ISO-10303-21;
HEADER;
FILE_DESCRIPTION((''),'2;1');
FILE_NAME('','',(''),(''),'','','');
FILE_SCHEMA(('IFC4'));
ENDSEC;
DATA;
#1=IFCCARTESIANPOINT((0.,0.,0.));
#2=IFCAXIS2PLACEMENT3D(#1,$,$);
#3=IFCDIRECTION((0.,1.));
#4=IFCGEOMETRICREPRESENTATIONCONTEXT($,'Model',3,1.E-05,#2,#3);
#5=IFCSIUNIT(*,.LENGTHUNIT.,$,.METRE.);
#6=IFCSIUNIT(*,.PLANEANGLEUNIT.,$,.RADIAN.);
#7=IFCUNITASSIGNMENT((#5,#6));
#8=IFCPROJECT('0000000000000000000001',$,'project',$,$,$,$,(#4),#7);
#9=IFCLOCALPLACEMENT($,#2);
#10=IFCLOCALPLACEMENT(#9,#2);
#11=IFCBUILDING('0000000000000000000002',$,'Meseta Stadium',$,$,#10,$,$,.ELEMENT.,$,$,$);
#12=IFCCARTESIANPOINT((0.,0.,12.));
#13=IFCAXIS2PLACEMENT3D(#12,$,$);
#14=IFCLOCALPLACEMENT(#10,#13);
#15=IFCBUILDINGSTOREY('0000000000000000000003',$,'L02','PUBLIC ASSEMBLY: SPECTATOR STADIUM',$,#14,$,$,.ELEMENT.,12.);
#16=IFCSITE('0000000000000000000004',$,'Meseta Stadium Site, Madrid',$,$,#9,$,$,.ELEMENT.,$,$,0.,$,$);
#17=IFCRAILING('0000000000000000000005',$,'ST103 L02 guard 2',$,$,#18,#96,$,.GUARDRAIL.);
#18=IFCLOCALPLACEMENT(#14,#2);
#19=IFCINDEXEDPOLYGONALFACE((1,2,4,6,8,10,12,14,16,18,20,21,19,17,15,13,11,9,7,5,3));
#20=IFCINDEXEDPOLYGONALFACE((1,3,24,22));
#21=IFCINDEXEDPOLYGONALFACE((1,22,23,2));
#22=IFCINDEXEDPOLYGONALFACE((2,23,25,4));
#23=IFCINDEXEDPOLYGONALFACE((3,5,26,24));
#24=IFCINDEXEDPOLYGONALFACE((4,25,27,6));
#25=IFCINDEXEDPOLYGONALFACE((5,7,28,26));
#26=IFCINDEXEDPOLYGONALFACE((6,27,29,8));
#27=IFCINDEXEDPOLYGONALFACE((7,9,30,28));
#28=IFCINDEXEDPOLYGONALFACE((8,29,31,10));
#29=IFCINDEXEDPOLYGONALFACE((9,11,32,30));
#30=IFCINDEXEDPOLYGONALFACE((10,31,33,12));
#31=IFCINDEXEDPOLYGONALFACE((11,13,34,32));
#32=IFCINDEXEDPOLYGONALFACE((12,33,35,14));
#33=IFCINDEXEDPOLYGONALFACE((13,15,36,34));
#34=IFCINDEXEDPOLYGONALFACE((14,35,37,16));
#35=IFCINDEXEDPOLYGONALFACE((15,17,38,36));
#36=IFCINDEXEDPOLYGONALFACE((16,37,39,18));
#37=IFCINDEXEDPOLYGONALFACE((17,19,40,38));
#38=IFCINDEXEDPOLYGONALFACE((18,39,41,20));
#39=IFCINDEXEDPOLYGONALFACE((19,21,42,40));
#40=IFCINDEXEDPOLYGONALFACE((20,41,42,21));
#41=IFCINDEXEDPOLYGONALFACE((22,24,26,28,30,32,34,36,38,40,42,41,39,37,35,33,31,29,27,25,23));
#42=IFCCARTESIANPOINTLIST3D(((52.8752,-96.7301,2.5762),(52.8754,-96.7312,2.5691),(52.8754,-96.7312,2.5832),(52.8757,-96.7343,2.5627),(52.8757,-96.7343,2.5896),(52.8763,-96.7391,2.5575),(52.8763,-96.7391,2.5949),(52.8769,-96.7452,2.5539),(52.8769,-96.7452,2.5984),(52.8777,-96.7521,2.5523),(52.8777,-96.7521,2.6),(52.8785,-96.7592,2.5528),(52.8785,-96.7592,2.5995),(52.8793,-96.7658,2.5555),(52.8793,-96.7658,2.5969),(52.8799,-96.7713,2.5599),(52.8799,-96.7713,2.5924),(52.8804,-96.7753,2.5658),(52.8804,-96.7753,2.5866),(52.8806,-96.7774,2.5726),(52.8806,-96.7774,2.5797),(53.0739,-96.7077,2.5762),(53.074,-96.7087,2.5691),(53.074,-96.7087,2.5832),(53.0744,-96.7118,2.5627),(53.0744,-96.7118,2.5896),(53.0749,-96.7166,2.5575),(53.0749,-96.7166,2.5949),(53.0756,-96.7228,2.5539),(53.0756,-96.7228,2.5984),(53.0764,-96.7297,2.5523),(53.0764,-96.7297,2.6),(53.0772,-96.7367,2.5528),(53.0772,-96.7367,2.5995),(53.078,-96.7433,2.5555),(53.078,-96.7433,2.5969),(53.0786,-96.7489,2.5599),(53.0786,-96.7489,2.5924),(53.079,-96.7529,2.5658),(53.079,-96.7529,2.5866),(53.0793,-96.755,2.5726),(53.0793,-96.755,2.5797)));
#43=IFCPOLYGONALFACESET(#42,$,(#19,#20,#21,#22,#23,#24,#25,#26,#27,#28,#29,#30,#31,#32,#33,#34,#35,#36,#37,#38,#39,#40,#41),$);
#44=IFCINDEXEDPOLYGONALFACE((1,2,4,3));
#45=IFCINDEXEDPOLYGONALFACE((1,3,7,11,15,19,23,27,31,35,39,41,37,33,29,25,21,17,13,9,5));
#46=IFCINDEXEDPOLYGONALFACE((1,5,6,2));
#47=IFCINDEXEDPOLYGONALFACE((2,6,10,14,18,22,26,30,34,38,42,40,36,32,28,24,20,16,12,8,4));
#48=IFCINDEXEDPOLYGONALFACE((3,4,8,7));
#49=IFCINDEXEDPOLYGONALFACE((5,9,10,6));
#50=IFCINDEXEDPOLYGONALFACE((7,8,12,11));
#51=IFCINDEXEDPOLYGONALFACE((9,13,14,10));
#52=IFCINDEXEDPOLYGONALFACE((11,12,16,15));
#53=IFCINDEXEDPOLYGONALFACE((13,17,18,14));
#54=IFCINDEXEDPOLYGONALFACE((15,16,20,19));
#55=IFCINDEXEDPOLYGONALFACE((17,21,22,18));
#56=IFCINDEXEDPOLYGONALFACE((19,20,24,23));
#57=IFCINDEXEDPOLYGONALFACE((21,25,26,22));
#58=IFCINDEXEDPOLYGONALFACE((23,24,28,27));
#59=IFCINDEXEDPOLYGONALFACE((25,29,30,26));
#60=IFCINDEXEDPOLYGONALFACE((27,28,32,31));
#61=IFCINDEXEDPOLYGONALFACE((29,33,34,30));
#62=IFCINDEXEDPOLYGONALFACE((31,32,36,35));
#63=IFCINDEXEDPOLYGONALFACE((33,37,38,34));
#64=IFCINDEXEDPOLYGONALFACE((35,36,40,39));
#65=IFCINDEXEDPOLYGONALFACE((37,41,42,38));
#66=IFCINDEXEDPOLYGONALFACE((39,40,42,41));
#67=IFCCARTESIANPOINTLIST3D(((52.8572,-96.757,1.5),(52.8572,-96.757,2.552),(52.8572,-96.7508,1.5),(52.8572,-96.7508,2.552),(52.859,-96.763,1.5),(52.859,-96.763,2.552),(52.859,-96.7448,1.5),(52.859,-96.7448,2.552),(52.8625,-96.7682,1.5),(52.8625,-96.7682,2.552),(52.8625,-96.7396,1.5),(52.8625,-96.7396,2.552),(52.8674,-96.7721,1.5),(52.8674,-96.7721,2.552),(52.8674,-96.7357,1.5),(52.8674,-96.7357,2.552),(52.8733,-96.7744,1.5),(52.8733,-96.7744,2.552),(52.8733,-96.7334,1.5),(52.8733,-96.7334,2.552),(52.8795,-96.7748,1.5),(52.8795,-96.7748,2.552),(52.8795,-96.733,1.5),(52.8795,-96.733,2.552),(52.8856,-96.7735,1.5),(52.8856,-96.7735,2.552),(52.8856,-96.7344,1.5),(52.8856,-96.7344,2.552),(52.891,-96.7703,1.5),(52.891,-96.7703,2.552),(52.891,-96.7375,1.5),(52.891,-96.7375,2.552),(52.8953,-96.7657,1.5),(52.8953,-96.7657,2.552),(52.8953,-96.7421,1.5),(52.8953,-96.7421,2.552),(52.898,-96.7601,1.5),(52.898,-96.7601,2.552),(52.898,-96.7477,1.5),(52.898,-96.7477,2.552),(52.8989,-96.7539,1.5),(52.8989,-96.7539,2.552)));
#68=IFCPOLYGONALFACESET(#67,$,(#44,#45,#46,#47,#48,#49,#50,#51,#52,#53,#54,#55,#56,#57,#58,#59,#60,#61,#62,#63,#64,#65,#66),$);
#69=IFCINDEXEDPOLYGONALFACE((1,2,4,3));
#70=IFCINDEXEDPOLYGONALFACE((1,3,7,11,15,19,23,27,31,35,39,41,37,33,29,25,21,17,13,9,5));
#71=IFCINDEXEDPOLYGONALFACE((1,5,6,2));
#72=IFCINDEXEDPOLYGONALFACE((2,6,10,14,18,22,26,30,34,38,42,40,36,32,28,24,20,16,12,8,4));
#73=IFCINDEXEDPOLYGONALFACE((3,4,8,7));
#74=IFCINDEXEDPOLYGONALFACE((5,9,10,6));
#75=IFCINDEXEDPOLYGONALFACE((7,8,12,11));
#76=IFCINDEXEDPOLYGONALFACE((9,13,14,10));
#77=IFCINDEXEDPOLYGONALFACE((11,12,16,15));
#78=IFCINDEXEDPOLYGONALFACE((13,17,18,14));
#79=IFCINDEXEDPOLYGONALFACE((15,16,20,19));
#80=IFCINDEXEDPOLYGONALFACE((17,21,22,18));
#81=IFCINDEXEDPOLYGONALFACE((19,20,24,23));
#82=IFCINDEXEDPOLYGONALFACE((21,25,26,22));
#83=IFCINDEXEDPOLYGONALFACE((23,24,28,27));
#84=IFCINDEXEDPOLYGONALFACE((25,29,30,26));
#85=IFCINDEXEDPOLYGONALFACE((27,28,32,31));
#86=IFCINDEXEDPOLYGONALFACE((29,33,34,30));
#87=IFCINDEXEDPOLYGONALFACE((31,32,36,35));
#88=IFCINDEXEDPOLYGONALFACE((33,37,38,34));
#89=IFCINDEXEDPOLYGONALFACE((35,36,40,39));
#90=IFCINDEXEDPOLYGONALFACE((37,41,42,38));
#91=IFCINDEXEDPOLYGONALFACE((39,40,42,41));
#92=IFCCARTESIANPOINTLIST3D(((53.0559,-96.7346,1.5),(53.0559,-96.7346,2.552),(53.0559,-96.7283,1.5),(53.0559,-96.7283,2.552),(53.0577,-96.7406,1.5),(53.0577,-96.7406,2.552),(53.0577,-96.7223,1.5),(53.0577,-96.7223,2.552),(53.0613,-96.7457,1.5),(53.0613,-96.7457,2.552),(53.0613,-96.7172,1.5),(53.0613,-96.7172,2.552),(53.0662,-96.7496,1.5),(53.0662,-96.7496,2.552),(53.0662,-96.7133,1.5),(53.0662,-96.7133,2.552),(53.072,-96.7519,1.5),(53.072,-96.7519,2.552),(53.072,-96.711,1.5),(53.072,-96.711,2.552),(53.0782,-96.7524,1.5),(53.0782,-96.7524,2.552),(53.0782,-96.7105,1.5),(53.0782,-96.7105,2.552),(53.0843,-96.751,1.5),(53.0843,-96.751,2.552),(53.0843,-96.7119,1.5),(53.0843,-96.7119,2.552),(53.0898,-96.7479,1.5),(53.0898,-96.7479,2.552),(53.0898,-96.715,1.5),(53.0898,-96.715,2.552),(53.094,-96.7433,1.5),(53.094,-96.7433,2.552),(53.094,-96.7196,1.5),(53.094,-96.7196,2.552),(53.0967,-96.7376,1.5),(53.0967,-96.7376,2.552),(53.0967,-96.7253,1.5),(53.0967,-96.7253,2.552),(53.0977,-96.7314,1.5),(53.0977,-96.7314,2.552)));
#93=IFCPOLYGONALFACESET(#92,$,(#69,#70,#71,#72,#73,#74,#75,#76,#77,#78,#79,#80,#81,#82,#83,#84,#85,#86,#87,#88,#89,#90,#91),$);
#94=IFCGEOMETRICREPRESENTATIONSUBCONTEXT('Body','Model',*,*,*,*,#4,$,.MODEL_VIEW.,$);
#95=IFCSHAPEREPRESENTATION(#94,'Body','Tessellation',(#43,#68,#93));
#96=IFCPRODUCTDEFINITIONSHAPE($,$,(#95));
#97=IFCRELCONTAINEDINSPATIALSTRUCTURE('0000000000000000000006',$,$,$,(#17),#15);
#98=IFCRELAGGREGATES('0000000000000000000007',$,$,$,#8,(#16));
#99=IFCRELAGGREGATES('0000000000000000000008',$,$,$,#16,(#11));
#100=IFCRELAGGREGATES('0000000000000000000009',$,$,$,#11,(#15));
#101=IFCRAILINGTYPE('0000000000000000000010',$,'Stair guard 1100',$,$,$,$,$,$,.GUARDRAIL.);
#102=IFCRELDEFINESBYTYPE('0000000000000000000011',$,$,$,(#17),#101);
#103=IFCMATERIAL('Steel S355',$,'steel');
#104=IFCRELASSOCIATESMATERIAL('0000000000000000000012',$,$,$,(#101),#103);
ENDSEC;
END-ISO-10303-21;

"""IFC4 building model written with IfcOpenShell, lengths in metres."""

from ifc_helpers import new_model, si_unit, direction, frame, origin, origin_2d, place, context, subcontext, project, spatial, circle, extrude, material, type_object, element, save


model = new_model("IFC4")

# Units and contexts
model_context = context("Model", 3, precision=1e-05, world=origin(), true_north=direction((0.0, 1.0)))
body_context = subcontext(model_context, "Body", "Model", "MODEL_VIEW")
ifc_project = project(units=[si_unit("LENGTHUNIT", "METRE"), si_unit("PLANEANGLEUNIT", "RADIAN")], contexts=[model_context])

# Site, building, storey
site_placement = place(None, origin())
site = spatial("IfcSite", under=ifc_project, at=site_placement, Name="Meseta Stadium Site, Madrid", CompositionType="ELEMENT", RefElevation=0.0)
building_placement = place(site_placement, origin())
building = spatial("IfcBuilding", under=site, at=building_placement, Name="Meseta Stadium", CompositionType="ELEMENT")
storey_placement = place(building_placement, frame((0.0, 0.0, 12.0)))
storey = spatial("IfcBuildingStorey", under=building, at=storey_placement, Name="L02", Description="PUBLIC ASSEMBLY: SPECTATOR STADIUM", CompositionType="ELEMENT", Elevation=12.0)

# Railing
ifc_material_1 = material(Name="Steel S355", Category="steel")
railing_type_1 = type_object("IfcRailingType", Name="Stair guard 1100", PredefinedType="GUARDRAIL", material=ifc_material_1)
railing_1_placement = place(storey_placement, frame((52.8779, -96.7539, 1.5)))
element("IfcRailing", 1, at=railing_1_placement, inside=storey, type_object=railing_type_1, Name="ST103 L02 guard 2", PredefinedType="GUARDRAIL", context=body_context, shape_type="SweptSolid", body=[
    extrude(circle(Radius=0.0239, at=origin_2d()), frame((0.0, 0.0, 1.0762), z_axis=(0.993674, 0.112307, 0.0), x_axis=(-0.112307, 0.993674, 0.0)), (0.0, 0.0, 1.0), 0.2),
    extrude(circle(Radius=0.021, at=origin_2d()), origin(), (0.0, 0.0, 1.0), 1.052),
    extrude(circle(Radius=0.021, at=origin_2d()), frame((0.1987, 0.0225, 0.0)), (0.0, 0.0, 1.0), 1.052),
])

save(model, "model.ifc")
